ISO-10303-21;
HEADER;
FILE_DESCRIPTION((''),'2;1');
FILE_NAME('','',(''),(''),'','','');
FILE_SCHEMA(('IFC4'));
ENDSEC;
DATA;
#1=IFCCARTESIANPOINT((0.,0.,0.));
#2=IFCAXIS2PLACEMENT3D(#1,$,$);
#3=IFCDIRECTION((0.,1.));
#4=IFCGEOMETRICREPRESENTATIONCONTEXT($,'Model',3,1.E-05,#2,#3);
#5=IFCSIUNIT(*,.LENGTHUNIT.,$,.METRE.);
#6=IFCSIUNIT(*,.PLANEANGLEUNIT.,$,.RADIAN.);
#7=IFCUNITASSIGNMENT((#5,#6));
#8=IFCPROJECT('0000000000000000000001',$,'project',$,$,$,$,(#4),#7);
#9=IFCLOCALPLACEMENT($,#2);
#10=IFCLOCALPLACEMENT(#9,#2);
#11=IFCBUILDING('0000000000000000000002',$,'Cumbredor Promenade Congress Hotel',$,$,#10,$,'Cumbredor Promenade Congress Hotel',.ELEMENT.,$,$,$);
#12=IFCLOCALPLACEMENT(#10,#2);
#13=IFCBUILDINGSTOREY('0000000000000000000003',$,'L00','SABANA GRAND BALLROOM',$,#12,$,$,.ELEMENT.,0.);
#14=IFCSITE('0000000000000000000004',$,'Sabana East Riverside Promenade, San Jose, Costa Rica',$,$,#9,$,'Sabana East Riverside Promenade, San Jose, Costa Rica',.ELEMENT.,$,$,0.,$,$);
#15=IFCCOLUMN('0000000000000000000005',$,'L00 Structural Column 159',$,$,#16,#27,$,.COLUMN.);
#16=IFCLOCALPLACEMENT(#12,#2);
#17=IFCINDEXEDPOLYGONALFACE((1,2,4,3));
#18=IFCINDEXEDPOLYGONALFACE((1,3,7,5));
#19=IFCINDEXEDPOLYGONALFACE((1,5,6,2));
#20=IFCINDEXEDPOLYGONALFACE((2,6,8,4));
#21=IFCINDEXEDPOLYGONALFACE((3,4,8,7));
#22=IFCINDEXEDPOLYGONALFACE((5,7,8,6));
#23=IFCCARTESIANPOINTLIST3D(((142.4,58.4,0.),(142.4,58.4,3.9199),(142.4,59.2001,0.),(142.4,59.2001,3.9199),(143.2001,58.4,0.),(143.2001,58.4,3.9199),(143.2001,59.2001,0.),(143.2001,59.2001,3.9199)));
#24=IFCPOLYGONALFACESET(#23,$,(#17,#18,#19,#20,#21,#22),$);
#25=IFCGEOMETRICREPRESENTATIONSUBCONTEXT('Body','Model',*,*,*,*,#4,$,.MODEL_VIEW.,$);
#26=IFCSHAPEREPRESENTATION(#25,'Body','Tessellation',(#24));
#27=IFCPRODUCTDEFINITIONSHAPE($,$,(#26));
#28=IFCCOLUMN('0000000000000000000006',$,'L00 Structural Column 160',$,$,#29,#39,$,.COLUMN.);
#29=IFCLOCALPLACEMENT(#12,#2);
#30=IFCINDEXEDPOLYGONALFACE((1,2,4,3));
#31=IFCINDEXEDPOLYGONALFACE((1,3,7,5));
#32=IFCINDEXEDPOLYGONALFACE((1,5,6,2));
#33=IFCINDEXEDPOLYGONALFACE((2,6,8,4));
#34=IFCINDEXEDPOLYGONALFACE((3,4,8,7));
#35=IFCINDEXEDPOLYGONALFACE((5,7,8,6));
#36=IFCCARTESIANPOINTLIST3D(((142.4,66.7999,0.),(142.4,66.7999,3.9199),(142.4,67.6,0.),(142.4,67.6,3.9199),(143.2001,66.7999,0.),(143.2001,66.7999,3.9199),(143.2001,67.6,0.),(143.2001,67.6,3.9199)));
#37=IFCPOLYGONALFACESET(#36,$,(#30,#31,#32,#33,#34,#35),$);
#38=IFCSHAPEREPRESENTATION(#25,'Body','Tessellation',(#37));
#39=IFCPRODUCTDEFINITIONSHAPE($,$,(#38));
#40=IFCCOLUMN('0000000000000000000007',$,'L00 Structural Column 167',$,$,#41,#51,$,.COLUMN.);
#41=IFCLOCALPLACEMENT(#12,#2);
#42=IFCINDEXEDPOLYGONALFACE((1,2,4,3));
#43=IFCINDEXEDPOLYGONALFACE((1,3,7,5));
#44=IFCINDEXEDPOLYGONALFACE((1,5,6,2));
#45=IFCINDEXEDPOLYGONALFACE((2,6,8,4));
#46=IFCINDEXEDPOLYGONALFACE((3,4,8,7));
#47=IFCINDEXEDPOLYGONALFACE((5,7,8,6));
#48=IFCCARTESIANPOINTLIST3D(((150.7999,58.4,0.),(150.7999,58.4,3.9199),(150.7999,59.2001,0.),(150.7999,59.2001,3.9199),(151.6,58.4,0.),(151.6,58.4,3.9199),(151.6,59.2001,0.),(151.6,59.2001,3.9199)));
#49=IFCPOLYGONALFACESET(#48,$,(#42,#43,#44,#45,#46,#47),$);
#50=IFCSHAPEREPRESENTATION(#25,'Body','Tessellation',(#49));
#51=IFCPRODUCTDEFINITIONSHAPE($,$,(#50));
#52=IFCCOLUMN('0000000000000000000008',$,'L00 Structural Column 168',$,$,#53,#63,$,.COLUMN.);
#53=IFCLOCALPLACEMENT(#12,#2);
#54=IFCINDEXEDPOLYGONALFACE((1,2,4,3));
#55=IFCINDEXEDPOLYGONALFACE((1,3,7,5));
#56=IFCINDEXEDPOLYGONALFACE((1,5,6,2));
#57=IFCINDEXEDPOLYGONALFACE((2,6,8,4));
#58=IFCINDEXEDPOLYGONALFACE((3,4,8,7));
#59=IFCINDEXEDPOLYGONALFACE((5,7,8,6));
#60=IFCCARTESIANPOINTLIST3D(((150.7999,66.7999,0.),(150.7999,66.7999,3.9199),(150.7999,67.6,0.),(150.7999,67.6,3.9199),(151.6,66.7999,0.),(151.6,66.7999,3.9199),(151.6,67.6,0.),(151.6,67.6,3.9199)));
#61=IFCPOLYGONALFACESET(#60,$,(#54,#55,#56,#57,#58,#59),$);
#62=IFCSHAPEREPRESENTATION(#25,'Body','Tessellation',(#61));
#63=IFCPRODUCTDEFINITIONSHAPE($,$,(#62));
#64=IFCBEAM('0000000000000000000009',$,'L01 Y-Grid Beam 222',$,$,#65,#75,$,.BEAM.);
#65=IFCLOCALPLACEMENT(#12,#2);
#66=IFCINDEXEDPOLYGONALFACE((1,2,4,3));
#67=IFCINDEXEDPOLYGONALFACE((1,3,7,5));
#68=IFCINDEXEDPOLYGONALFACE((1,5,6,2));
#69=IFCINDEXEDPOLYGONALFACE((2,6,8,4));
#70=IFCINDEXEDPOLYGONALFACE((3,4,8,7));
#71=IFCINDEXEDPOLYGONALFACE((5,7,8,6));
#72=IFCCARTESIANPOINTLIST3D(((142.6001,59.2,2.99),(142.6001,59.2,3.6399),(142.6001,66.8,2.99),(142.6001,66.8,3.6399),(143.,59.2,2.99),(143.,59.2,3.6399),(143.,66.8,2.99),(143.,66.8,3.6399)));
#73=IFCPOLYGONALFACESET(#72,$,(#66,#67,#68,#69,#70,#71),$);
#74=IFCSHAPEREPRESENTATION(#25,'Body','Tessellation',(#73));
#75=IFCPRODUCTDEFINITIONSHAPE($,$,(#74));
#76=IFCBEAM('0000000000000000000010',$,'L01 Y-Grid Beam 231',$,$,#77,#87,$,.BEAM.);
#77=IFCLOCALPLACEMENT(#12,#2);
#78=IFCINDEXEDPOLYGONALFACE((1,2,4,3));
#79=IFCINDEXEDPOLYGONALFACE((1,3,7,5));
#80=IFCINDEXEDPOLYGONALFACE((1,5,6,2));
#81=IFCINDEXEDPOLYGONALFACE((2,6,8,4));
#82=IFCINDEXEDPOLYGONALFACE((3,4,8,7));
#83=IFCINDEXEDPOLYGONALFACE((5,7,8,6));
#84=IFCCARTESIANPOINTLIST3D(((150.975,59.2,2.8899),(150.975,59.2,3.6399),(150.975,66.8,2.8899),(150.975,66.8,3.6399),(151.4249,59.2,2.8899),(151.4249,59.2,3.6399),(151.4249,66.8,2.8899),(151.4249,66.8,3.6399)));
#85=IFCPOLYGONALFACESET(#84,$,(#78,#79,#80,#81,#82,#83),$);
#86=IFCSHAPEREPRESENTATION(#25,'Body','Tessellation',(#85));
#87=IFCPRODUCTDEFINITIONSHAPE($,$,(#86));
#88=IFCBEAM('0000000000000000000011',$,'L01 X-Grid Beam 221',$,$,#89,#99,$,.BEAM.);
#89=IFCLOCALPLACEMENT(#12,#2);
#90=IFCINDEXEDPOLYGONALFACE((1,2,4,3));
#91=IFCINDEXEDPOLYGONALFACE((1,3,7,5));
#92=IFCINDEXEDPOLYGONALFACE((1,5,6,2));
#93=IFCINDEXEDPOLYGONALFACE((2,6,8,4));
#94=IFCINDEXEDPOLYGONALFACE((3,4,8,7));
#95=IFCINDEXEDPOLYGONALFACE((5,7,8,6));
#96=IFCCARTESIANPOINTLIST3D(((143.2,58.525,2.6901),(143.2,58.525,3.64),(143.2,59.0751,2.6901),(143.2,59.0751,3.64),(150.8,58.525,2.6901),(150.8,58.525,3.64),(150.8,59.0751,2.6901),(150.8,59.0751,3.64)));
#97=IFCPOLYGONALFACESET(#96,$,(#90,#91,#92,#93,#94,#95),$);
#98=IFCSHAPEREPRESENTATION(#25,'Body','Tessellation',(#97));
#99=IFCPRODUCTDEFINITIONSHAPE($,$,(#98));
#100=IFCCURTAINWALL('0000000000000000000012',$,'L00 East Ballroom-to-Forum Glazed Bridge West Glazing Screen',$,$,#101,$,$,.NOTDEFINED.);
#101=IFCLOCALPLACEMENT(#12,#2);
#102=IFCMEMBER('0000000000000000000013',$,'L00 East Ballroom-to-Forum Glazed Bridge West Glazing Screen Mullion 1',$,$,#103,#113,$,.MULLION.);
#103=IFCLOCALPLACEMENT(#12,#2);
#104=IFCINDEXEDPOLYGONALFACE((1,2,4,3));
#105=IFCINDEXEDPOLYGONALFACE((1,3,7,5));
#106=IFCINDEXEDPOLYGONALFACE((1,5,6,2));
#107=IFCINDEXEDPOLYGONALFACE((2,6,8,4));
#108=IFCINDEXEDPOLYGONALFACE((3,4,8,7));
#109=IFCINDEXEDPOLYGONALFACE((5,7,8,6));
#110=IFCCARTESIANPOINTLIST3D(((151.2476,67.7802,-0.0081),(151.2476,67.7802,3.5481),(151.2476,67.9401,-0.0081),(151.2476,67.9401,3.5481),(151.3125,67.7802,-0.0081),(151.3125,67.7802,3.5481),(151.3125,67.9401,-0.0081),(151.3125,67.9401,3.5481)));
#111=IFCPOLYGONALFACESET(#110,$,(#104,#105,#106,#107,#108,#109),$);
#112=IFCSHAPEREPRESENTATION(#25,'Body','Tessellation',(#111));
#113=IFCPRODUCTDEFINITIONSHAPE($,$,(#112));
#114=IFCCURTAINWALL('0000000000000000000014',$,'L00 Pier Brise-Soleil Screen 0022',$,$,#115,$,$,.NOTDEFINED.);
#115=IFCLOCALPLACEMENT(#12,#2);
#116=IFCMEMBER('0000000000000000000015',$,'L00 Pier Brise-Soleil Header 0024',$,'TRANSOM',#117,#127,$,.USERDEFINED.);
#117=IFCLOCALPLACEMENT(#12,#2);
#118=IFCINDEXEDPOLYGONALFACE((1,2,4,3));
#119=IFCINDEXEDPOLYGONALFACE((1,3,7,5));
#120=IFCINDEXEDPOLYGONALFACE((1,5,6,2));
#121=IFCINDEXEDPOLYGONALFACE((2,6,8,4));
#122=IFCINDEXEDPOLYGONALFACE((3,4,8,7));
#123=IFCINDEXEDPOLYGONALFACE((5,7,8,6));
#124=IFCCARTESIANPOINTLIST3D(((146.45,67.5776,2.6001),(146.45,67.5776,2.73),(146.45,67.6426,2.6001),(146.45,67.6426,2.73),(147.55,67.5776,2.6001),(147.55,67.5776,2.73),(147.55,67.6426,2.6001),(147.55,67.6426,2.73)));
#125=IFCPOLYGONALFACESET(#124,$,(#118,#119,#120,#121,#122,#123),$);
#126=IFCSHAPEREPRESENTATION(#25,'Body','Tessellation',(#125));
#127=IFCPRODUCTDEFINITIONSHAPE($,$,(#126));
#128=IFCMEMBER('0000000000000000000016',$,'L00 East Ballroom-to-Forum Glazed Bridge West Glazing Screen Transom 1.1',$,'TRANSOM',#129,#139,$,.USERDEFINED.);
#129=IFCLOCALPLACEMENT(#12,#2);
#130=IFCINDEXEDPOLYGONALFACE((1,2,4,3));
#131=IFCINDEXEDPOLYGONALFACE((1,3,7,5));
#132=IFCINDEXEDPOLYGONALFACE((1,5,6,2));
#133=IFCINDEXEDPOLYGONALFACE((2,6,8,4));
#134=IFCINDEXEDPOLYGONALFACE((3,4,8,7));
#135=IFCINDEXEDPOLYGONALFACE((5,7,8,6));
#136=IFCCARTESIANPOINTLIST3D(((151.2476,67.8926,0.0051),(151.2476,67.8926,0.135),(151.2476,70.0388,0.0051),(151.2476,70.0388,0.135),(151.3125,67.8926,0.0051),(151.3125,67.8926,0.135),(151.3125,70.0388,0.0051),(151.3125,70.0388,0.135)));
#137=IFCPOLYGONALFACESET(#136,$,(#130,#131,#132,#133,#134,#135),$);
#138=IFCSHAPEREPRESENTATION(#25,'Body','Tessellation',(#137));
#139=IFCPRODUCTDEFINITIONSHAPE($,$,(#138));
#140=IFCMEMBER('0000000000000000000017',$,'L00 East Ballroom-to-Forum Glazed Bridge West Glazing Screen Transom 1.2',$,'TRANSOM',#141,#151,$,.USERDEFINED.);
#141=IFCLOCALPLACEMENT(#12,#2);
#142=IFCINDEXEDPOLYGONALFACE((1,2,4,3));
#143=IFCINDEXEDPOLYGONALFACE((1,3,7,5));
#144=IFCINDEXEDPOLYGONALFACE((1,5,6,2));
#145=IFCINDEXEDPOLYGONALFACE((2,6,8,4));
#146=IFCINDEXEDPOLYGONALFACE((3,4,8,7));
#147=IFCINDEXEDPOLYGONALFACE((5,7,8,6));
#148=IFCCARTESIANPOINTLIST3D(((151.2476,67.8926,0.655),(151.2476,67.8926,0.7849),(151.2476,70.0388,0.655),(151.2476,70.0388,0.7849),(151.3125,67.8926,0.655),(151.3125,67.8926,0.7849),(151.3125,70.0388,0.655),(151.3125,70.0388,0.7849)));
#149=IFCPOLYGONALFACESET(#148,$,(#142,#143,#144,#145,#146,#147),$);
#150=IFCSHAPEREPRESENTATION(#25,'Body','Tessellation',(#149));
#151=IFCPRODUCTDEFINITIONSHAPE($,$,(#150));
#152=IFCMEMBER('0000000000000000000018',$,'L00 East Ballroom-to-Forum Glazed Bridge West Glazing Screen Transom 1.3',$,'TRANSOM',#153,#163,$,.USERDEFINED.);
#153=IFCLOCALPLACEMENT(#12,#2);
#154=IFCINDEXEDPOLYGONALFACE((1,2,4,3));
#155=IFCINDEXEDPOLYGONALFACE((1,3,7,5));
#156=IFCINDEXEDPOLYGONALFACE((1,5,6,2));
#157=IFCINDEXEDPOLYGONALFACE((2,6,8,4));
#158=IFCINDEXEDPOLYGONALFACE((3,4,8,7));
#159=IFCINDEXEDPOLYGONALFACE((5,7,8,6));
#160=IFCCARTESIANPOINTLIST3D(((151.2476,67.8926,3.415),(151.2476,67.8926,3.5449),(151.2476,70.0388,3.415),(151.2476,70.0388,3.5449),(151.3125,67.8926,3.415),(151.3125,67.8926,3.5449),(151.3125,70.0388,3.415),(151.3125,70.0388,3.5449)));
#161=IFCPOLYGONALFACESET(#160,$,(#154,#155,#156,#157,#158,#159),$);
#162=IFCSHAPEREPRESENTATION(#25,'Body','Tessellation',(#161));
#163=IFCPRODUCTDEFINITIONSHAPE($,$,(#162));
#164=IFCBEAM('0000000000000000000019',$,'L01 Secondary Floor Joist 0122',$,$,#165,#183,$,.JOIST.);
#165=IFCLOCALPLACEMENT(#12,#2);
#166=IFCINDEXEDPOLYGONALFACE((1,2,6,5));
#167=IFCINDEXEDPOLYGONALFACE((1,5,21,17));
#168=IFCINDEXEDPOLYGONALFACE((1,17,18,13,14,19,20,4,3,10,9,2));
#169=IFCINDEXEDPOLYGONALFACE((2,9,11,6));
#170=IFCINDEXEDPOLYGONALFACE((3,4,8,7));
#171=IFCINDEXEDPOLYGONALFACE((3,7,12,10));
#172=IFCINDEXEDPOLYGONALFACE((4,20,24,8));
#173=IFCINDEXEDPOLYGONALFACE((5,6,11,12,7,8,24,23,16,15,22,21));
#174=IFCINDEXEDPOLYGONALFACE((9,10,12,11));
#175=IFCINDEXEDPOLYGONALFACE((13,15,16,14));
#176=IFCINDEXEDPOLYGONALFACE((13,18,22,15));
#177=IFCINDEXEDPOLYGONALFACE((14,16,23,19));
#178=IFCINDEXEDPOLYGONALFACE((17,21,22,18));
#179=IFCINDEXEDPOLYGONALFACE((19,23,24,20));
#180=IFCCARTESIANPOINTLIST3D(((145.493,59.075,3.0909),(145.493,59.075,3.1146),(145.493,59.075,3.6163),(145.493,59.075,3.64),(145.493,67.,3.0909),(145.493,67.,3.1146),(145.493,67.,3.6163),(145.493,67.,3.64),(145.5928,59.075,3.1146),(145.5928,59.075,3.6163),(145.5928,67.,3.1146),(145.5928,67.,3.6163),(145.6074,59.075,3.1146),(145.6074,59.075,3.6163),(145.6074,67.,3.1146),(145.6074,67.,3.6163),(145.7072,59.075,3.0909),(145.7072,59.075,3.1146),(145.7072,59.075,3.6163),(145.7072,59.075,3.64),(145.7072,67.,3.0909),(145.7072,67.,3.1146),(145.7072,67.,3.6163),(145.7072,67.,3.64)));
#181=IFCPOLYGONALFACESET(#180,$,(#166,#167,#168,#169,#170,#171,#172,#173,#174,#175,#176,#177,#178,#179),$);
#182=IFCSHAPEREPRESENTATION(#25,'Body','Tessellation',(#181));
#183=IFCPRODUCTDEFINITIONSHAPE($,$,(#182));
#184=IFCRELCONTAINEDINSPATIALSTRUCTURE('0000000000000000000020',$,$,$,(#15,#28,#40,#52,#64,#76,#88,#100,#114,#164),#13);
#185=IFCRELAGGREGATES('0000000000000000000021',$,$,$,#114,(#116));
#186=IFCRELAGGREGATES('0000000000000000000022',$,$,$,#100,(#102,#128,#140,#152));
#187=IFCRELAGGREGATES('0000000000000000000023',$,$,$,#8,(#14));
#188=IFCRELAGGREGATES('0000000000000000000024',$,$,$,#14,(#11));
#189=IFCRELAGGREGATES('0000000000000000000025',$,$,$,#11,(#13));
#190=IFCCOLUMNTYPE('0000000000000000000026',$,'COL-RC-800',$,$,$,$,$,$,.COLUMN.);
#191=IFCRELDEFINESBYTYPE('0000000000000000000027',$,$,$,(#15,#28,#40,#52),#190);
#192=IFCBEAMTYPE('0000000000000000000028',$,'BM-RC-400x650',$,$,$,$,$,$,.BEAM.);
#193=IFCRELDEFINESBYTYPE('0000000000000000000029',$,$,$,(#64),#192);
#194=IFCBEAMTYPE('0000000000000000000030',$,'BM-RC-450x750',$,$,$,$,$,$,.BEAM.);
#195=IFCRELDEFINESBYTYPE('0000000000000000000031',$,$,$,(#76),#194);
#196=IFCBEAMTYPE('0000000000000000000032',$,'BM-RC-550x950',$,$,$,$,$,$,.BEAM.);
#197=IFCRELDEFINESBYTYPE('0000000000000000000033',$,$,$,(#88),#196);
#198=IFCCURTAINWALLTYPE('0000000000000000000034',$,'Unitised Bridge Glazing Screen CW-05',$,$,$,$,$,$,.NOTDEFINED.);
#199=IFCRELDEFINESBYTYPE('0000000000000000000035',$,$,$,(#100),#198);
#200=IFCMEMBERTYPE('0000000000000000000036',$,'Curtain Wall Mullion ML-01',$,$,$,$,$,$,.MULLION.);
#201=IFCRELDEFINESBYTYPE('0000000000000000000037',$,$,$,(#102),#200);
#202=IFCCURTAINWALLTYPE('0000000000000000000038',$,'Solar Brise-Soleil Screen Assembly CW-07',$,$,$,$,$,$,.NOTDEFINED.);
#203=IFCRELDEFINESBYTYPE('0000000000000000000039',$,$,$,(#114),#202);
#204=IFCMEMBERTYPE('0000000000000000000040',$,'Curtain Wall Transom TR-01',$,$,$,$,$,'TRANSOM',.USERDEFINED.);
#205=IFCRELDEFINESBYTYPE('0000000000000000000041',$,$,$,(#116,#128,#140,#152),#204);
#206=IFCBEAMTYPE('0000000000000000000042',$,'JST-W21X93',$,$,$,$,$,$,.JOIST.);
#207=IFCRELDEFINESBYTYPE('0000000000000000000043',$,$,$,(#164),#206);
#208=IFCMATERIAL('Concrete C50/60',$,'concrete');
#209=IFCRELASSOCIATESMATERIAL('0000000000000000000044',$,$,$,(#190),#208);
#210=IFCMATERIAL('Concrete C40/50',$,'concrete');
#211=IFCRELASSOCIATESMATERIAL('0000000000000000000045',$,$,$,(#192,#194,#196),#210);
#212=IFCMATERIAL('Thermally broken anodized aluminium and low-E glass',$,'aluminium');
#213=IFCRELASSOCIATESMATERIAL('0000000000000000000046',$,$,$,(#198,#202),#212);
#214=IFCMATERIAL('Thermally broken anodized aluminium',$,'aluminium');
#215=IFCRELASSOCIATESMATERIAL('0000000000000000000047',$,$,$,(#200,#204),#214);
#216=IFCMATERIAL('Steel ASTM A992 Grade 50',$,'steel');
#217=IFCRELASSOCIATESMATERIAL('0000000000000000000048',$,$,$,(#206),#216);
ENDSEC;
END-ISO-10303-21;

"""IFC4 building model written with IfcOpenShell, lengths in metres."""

from ifc_helpers import new_model, si_unit, direction, frame, origin, origin_2d, place, context, subcontext, project, spatial, rectangle, i_section, extrude, material, material_profile, profile_set, type_object, element, aggregate, save


model = new_model("IFC4")

# Units and contexts
model_context = context("Model", 3, precision=1e-05, world=origin(), true_north=direction((0.0, 1.0)))
body_context = subcontext(model_context, "Body", "Model", "MODEL_VIEW")
ifc_project = project(units=[si_unit("LENGTHUNIT", "METRE"), si_unit("PLANEANGLEUNIT", "RADIAN")], contexts=[model_context])

# Site, building, storey
site_placement = place(None, origin())
site = spatial("IfcSite", under=ifc_project, at=site_placement, Name="Sabana East Riverside Promenade, San Jose, Costa Rica", LongName="Sabana East Riverside Promenade, San Jose, Costa Rica", CompositionType="ELEMENT", RefElevation=0.0)
building_placement = place(site_placement, origin())
building = spatial("IfcBuilding", under=site, at=building_placement, Name="Cumbredor Promenade Congress Hotel", LongName="Cumbredor Promenade Congress Hotel", CompositionType="ELEMENT")
storey_placement = place(building_placement, origin())
storey = spatial("IfcBuildingStorey", under=building, at=storey_placement, Name="L00", Description="SABANA GRAND BALLROOM", CompositionType="ELEMENT", Elevation=0.0)

# Columns
ifc_material_1 = material(Name="Concrete C50/60", Category="concrete")
ifc_material_profile_1 = material_profile(ifc_material_1, rectangle(XDim=0.8, YDim=0.8, at=origin_2d()), Name="RC 800x800")
ifc_profile_set_1 = profile_set([ifc_material_profile_1], Name="Concrete C50/60")
column_type = type_object("IfcColumnType", Name="COL-RC-800", PredefinedType="COLUMN", material=ifc_profile_set_1)
for number, where, z_axis, x_axis, name in (
    (1, (142.8, 58.8, 0.0), (0.0, 0.0, 1.0), (1.0, 0.0, 0.0), "L00 Structural Column 159"),
    (2, (142.8, 67.2, 0.0), (0.0, 0.0, 1.0), (1.0, 0.0, 0.0), "L00 Structural Column 160"),
    (3, (151.2, 58.8, 0.0), (0.0, 0.0, 1.0), (1.0, 0.0, 0.0), "L00 Structural Column 167"),
    (4, (151.2, 67.2, 0.0), (0.0, 0.0, 1.0), (1.0, 0.0, 0.0), "L00 Structural Column 168"),
):
    element("IfcColumn", number, at=place(storey_placement, frame(where, z_axis=z_axis, x_axis=x_axis)), inside=storey, type_object=column_type, Name=name, PredefinedType="COLUMN", context=body_context, shape_type="SweptSolid", body=[
        extrude(rectangle(XDim=0.8, YDim=0.8, at=origin_2d()), origin(), (0.0, 0.0, 1.0), 3.9199),
    ])

# Beams
ifc_material_2 = material(Name="Concrete C40/50", Category="concrete")
ifc_material_profile_2 = material_profile(ifc_material_2, rectangle(XDim=0.3999, YDim=0.6499, at=origin_2d()), Name="RC BEAM 400x650")
ifc_profile_set_2 = profile_set([ifc_material_profile_2], Name="Concrete C40/50")
beam_type_1 = type_object("IfcBeamType", Name="BM-RC-400x650", PredefinedType="BEAM", material=ifc_profile_set_2)
beam_1_placement = place(storey_placement, frame((142.8, 59.2, 3.3149), z_axis=(0.0, 1.0, 0.0), x_axis=(-1.0, 0.0, 0.0)))
element("IfcBeam", 5, at=beam_1_placement, inside=storey, type_object=beam_type_1, Name="L01 Y-Grid Beam 222", PredefinedType="BEAM", context=body_context, shape_type="SweptSolid", body=[
    extrude(rectangle(XDim=0.3999, YDim=0.6499, at=origin_2d()), origin(), (0.0, 0.0, 1.0), 7.6001),
])
ifc_material_profile_3 = material_profile(ifc_material_2, rectangle(XDim=0.45, YDim=0.75, at=origin_2d()), Name="RC BEAM 450x750")
ifc_profile_set_3 = profile_set([ifc_material_profile_3], Name="Concrete C40/50")
beam_type_2 = type_object("IfcBeamType", Name="BM-RC-450x750", PredefinedType="BEAM", material=ifc_profile_set_3)
beam_2_placement = place(storey_placement, frame((151.2, 59.2, 3.2649), z_axis=(0.0, 1.0, 0.0), x_axis=(-1.0, 0.0, 0.0)))
element("IfcBeam", 6, at=beam_2_placement, inside=storey, type_object=beam_type_2, Name="L01 Y-Grid Beam 231", PredefinedType="BEAM", context=body_context, shape_type="SweptSolid", body=[
    extrude(rectangle(XDim=0.45, YDim=0.75, at=origin_2d()), origin(), (0.0, 0.0, 1.0), 7.6001),
])
ifc_material_profile_4 = material_profile(ifc_material_2, rectangle(XDim=0.55, YDim=0.95, at=origin_2d()), Name="RC BEAM 550x950")
ifc_profile_set_4 = profile_set([ifc_material_profile_4], Name="Concrete C40/50")
beam_type_3 = type_object("IfcBeamType", Name="BM-RC-550x950", PredefinedType="BEAM", material=ifc_profile_set_4)
beam_3_placement = place(storey_placement, frame((143.2, 58.8, 3.165), z_axis=(1.0, 0.0, 0.0), x_axis=(0.0, 1.0, 0.0)))
element("IfcBeam", 7, at=beam_3_placement, inside=storey, type_object=beam_type_3, Name="L01 X-Grid Beam 221", PredefinedType="BEAM", context=body_context, shape_type="SweptSolid", body=[
    extrude(rectangle(XDim=0.55, YDim=0.95, at=origin_2d()), origin(), (0.0, 0.0, 1.0), 7.6001),
])

# Curtain walls, members
ifc_material_3 = material(Name="Thermally broken anodized aluminium and low-E glass", Category="aluminium")
curtain_wall_type_1 = type_object("IfcCurtainWallType", Name="Unitised Bridge Glazing Screen CW-05", PredefinedType="NOTDEFINED", material=ifc_material_3)
curtain_wall_1_placement = place(storey_placement, origin())
curtain_wall_1 = element("IfcCurtainWall", 8, at=curtain_wall_1_placement, inside=storey, type_object=curtain_wall_type_1, Name="L00 East Ballroom-to-Forum Glazed Bridge West Glazing Screen", PredefinedType="NOTDEFINED")
ifc_material_4 = material(Name="Thermally broken anodized aluminium", Category="aluminium")
ifc_material_profile_5 = material_profile(ifc_material_4, rectangle(XDim=0.0649, YDim=0.1599, at=origin_2d()), Name="ALU MULLION 65x160")
ifc_profile_set_5 = profile_set([ifc_material_profile_5], Name="Thermally broken anodized aluminium")
member_type_1 = type_object("IfcMemberType", Name="Curtain Wall Mullion ML-01", PredefinedType="MULLION", material=ifc_profile_set_5)
member_1_placement = place(storey_placement, frame((151.28, 67.8601, -0.0081), z_axis=(0.0, 0.0, 1.0), x_axis=(1.0, 0.0, 0.0)))
member_1 = element("IfcMember", 9, at=member_1_placement, type_object=member_type_1, Name="L00 East Ballroom-to-Forum Glazed Bridge West Glazing Screen Mullion 1", PredefinedType="MULLION", context=body_context, shape_type="SweptSolid", body=[
    extrude(rectangle(XDim=0.0649, YDim=0.1599, at=origin_2d()), origin(), (0.0, 0.0, 1.0), 3.5562),
])
curtain_wall_type_2 = type_object("IfcCurtainWallType", Name="Solar Brise-Soleil Screen Assembly CW-07", PredefinedType="NOTDEFINED", material=ifc_material_3)
curtain_wall_2_placement = place(storey_placement, origin())
curtain_wall_2 = element("IfcCurtainWall", 10, at=curtain_wall_2_placement, inside=storey, type_object=curtain_wall_type_2, Name="L00 Pier Brise-Soleil Screen 0022", PredefinedType="NOTDEFINED")
ifc_material_profile_6 = material_profile(ifc_material_4, rectangle(XDim=0.0649, YDim=0.1299, at=origin_2d()), Name="ALU TRANSOM 65x130")
ifc_profile_set_6 = profile_set([ifc_material_profile_6], Name="Thermally broken anodized aluminium")
member_type_2 = type_object("IfcMemberType", Name="Curtain Wall Transom TR-01", ElementType="TRANSOM", PredefinedType="USERDEFINED", material=ifc_profile_set_6)
member_2_placement = place(storey_placement, frame((146.45, 67.6101, 2.665), z_axis=(1.0, 0.0, 0.0), x_axis=(0.0, 1.0, 0.0)))
member_2 = element("IfcMember", 11, at=member_2_placement, type_object=member_type_2, Name="L00 Pier Brise-Soleil Header 0024", ObjectType="TRANSOM", PredefinedType="USERDEFINED", context=body_context, shape_type="SweptSolid", body=[
    extrude(rectangle(XDim=0.0649, YDim=0.1299, at=origin_2d()), origin(), (0.0, 0.0, 1.0), 1.1001),
])

# Members
member_3_placement = place(storey_placement, frame((151.28, 67.8926, 0.0701), z_axis=(0.0, 1.0, 0.0), x_axis=(-1.0, 0.0, 0.0)))
member_3 = element("IfcMember", 12, at=member_3_placement, type_object=member_type_2, Name="L00 East Ballroom-to-Forum Glazed Bridge West Glazing Screen Transom 1.1", ObjectType="TRANSOM", PredefinedType="USERDEFINED", context=body_context, shape_type="SweptSolid", body=[
    extrude(rectangle(XDim=0.0649, YDim=0.1299, at=origin_2d()), origin(), (0.0, 0.0, 1.0), 2.1462),
])
member_4_placement = place(storey_placement, frame((151.28, 67.8926, 0.72), z_axis=(0.0, 1.0, 0.0), x_axis=(-1.0, 0.0, 0.0)))
member_4 = element("IfcMember", 13, at=member_4_placement, type_object=member_type_2, Name="L00 East Ballroom-to-Forum Glazed Bridge West Glazing Screen Transom 1.2", ObjectType="TRANSOM", PredefinedType="USERDEFINED", context=body_context, shape_type="SweptSolid", body=[
    extrude(rectangle(XDim=0.0649, YDim=0.1299, at=origin_2d()), origin(), (0.0, 0.0, 1.0), 2.1462),
])
member_5_placement = place(storey_placement, frame((151.28, 67.8926, 3.48), z_axis=(0.0, 1.0, 0.0), x_axis=(-1.0, 0.0, 0.0)))
member_5 = element("IfcMember", 14, at=member_5_placement, type_object=member_type_2, Name="L00 East Ballroom-to-Forum Glazed Bridge West Glazing Screen Transom 1.3", ObjectType="TRANSOM", PredefinedType="USERDEFINED", context=body_context, shape_type="SweptSolid", body=[
    extrude(rectangle(XDim=0.0649, YDim=0.1299, at=origin_2d()), origin(), (0.0, 0.0, 1.0), 2.1462),
])

# Beam
ifc_material_5 = material(Name="Steel ASTM A992 Grade 50", Category="steel")
ifc_material_profile_7 = material_profile(ifc_material_5, i_section(OverallWidth=0.2141, OverallDepth=0.5491, WebThickness=0.0146, FlangeThickness=0.0237, at=origin_2d()), Name="W21X93")
ifc_profile_set_7 = profile_set([ifc_material_profile_7], Name="Steel ASTM A992 Grade 50")
beam_type_4 = type_object("IfcBeamType", Name="JST-W21X93", PredefinedType="JOIST", material=ifc_profile_set_7)
for number, where, z_axis, x_axis, name in (
    (15, (145.6001, 59.075, 3.3655), (0.0, 1.0, 0.0), (-1.0, 0.0, 0.0), "L01 Secondary Floor Joist 0122"),
):
    element("IfcBeam", number, at=place(storey_placement, frame(where, z_axis=z_axis, x_axis=x_axis)), inside=storey, type_object=beam_type_4, Name=name, PredefinedType="JOIST", context=body_context, shape_type="SweptSolid", body=[
        extrude(i_section(OverallWidth=0.2141, OverallDepth=0.5491, WebThickness=0.0146, FlangeThickness=0.0237, at=origin_2d()), origin(), (0.0, 0.0, 1.0), 7.925),
    ])

aggregate(curtain_wall_2, [member_2])

aggregate(curtain_wall_1, [member_1, member_3, member_4, member_5])

save(model, "model.ifc")
